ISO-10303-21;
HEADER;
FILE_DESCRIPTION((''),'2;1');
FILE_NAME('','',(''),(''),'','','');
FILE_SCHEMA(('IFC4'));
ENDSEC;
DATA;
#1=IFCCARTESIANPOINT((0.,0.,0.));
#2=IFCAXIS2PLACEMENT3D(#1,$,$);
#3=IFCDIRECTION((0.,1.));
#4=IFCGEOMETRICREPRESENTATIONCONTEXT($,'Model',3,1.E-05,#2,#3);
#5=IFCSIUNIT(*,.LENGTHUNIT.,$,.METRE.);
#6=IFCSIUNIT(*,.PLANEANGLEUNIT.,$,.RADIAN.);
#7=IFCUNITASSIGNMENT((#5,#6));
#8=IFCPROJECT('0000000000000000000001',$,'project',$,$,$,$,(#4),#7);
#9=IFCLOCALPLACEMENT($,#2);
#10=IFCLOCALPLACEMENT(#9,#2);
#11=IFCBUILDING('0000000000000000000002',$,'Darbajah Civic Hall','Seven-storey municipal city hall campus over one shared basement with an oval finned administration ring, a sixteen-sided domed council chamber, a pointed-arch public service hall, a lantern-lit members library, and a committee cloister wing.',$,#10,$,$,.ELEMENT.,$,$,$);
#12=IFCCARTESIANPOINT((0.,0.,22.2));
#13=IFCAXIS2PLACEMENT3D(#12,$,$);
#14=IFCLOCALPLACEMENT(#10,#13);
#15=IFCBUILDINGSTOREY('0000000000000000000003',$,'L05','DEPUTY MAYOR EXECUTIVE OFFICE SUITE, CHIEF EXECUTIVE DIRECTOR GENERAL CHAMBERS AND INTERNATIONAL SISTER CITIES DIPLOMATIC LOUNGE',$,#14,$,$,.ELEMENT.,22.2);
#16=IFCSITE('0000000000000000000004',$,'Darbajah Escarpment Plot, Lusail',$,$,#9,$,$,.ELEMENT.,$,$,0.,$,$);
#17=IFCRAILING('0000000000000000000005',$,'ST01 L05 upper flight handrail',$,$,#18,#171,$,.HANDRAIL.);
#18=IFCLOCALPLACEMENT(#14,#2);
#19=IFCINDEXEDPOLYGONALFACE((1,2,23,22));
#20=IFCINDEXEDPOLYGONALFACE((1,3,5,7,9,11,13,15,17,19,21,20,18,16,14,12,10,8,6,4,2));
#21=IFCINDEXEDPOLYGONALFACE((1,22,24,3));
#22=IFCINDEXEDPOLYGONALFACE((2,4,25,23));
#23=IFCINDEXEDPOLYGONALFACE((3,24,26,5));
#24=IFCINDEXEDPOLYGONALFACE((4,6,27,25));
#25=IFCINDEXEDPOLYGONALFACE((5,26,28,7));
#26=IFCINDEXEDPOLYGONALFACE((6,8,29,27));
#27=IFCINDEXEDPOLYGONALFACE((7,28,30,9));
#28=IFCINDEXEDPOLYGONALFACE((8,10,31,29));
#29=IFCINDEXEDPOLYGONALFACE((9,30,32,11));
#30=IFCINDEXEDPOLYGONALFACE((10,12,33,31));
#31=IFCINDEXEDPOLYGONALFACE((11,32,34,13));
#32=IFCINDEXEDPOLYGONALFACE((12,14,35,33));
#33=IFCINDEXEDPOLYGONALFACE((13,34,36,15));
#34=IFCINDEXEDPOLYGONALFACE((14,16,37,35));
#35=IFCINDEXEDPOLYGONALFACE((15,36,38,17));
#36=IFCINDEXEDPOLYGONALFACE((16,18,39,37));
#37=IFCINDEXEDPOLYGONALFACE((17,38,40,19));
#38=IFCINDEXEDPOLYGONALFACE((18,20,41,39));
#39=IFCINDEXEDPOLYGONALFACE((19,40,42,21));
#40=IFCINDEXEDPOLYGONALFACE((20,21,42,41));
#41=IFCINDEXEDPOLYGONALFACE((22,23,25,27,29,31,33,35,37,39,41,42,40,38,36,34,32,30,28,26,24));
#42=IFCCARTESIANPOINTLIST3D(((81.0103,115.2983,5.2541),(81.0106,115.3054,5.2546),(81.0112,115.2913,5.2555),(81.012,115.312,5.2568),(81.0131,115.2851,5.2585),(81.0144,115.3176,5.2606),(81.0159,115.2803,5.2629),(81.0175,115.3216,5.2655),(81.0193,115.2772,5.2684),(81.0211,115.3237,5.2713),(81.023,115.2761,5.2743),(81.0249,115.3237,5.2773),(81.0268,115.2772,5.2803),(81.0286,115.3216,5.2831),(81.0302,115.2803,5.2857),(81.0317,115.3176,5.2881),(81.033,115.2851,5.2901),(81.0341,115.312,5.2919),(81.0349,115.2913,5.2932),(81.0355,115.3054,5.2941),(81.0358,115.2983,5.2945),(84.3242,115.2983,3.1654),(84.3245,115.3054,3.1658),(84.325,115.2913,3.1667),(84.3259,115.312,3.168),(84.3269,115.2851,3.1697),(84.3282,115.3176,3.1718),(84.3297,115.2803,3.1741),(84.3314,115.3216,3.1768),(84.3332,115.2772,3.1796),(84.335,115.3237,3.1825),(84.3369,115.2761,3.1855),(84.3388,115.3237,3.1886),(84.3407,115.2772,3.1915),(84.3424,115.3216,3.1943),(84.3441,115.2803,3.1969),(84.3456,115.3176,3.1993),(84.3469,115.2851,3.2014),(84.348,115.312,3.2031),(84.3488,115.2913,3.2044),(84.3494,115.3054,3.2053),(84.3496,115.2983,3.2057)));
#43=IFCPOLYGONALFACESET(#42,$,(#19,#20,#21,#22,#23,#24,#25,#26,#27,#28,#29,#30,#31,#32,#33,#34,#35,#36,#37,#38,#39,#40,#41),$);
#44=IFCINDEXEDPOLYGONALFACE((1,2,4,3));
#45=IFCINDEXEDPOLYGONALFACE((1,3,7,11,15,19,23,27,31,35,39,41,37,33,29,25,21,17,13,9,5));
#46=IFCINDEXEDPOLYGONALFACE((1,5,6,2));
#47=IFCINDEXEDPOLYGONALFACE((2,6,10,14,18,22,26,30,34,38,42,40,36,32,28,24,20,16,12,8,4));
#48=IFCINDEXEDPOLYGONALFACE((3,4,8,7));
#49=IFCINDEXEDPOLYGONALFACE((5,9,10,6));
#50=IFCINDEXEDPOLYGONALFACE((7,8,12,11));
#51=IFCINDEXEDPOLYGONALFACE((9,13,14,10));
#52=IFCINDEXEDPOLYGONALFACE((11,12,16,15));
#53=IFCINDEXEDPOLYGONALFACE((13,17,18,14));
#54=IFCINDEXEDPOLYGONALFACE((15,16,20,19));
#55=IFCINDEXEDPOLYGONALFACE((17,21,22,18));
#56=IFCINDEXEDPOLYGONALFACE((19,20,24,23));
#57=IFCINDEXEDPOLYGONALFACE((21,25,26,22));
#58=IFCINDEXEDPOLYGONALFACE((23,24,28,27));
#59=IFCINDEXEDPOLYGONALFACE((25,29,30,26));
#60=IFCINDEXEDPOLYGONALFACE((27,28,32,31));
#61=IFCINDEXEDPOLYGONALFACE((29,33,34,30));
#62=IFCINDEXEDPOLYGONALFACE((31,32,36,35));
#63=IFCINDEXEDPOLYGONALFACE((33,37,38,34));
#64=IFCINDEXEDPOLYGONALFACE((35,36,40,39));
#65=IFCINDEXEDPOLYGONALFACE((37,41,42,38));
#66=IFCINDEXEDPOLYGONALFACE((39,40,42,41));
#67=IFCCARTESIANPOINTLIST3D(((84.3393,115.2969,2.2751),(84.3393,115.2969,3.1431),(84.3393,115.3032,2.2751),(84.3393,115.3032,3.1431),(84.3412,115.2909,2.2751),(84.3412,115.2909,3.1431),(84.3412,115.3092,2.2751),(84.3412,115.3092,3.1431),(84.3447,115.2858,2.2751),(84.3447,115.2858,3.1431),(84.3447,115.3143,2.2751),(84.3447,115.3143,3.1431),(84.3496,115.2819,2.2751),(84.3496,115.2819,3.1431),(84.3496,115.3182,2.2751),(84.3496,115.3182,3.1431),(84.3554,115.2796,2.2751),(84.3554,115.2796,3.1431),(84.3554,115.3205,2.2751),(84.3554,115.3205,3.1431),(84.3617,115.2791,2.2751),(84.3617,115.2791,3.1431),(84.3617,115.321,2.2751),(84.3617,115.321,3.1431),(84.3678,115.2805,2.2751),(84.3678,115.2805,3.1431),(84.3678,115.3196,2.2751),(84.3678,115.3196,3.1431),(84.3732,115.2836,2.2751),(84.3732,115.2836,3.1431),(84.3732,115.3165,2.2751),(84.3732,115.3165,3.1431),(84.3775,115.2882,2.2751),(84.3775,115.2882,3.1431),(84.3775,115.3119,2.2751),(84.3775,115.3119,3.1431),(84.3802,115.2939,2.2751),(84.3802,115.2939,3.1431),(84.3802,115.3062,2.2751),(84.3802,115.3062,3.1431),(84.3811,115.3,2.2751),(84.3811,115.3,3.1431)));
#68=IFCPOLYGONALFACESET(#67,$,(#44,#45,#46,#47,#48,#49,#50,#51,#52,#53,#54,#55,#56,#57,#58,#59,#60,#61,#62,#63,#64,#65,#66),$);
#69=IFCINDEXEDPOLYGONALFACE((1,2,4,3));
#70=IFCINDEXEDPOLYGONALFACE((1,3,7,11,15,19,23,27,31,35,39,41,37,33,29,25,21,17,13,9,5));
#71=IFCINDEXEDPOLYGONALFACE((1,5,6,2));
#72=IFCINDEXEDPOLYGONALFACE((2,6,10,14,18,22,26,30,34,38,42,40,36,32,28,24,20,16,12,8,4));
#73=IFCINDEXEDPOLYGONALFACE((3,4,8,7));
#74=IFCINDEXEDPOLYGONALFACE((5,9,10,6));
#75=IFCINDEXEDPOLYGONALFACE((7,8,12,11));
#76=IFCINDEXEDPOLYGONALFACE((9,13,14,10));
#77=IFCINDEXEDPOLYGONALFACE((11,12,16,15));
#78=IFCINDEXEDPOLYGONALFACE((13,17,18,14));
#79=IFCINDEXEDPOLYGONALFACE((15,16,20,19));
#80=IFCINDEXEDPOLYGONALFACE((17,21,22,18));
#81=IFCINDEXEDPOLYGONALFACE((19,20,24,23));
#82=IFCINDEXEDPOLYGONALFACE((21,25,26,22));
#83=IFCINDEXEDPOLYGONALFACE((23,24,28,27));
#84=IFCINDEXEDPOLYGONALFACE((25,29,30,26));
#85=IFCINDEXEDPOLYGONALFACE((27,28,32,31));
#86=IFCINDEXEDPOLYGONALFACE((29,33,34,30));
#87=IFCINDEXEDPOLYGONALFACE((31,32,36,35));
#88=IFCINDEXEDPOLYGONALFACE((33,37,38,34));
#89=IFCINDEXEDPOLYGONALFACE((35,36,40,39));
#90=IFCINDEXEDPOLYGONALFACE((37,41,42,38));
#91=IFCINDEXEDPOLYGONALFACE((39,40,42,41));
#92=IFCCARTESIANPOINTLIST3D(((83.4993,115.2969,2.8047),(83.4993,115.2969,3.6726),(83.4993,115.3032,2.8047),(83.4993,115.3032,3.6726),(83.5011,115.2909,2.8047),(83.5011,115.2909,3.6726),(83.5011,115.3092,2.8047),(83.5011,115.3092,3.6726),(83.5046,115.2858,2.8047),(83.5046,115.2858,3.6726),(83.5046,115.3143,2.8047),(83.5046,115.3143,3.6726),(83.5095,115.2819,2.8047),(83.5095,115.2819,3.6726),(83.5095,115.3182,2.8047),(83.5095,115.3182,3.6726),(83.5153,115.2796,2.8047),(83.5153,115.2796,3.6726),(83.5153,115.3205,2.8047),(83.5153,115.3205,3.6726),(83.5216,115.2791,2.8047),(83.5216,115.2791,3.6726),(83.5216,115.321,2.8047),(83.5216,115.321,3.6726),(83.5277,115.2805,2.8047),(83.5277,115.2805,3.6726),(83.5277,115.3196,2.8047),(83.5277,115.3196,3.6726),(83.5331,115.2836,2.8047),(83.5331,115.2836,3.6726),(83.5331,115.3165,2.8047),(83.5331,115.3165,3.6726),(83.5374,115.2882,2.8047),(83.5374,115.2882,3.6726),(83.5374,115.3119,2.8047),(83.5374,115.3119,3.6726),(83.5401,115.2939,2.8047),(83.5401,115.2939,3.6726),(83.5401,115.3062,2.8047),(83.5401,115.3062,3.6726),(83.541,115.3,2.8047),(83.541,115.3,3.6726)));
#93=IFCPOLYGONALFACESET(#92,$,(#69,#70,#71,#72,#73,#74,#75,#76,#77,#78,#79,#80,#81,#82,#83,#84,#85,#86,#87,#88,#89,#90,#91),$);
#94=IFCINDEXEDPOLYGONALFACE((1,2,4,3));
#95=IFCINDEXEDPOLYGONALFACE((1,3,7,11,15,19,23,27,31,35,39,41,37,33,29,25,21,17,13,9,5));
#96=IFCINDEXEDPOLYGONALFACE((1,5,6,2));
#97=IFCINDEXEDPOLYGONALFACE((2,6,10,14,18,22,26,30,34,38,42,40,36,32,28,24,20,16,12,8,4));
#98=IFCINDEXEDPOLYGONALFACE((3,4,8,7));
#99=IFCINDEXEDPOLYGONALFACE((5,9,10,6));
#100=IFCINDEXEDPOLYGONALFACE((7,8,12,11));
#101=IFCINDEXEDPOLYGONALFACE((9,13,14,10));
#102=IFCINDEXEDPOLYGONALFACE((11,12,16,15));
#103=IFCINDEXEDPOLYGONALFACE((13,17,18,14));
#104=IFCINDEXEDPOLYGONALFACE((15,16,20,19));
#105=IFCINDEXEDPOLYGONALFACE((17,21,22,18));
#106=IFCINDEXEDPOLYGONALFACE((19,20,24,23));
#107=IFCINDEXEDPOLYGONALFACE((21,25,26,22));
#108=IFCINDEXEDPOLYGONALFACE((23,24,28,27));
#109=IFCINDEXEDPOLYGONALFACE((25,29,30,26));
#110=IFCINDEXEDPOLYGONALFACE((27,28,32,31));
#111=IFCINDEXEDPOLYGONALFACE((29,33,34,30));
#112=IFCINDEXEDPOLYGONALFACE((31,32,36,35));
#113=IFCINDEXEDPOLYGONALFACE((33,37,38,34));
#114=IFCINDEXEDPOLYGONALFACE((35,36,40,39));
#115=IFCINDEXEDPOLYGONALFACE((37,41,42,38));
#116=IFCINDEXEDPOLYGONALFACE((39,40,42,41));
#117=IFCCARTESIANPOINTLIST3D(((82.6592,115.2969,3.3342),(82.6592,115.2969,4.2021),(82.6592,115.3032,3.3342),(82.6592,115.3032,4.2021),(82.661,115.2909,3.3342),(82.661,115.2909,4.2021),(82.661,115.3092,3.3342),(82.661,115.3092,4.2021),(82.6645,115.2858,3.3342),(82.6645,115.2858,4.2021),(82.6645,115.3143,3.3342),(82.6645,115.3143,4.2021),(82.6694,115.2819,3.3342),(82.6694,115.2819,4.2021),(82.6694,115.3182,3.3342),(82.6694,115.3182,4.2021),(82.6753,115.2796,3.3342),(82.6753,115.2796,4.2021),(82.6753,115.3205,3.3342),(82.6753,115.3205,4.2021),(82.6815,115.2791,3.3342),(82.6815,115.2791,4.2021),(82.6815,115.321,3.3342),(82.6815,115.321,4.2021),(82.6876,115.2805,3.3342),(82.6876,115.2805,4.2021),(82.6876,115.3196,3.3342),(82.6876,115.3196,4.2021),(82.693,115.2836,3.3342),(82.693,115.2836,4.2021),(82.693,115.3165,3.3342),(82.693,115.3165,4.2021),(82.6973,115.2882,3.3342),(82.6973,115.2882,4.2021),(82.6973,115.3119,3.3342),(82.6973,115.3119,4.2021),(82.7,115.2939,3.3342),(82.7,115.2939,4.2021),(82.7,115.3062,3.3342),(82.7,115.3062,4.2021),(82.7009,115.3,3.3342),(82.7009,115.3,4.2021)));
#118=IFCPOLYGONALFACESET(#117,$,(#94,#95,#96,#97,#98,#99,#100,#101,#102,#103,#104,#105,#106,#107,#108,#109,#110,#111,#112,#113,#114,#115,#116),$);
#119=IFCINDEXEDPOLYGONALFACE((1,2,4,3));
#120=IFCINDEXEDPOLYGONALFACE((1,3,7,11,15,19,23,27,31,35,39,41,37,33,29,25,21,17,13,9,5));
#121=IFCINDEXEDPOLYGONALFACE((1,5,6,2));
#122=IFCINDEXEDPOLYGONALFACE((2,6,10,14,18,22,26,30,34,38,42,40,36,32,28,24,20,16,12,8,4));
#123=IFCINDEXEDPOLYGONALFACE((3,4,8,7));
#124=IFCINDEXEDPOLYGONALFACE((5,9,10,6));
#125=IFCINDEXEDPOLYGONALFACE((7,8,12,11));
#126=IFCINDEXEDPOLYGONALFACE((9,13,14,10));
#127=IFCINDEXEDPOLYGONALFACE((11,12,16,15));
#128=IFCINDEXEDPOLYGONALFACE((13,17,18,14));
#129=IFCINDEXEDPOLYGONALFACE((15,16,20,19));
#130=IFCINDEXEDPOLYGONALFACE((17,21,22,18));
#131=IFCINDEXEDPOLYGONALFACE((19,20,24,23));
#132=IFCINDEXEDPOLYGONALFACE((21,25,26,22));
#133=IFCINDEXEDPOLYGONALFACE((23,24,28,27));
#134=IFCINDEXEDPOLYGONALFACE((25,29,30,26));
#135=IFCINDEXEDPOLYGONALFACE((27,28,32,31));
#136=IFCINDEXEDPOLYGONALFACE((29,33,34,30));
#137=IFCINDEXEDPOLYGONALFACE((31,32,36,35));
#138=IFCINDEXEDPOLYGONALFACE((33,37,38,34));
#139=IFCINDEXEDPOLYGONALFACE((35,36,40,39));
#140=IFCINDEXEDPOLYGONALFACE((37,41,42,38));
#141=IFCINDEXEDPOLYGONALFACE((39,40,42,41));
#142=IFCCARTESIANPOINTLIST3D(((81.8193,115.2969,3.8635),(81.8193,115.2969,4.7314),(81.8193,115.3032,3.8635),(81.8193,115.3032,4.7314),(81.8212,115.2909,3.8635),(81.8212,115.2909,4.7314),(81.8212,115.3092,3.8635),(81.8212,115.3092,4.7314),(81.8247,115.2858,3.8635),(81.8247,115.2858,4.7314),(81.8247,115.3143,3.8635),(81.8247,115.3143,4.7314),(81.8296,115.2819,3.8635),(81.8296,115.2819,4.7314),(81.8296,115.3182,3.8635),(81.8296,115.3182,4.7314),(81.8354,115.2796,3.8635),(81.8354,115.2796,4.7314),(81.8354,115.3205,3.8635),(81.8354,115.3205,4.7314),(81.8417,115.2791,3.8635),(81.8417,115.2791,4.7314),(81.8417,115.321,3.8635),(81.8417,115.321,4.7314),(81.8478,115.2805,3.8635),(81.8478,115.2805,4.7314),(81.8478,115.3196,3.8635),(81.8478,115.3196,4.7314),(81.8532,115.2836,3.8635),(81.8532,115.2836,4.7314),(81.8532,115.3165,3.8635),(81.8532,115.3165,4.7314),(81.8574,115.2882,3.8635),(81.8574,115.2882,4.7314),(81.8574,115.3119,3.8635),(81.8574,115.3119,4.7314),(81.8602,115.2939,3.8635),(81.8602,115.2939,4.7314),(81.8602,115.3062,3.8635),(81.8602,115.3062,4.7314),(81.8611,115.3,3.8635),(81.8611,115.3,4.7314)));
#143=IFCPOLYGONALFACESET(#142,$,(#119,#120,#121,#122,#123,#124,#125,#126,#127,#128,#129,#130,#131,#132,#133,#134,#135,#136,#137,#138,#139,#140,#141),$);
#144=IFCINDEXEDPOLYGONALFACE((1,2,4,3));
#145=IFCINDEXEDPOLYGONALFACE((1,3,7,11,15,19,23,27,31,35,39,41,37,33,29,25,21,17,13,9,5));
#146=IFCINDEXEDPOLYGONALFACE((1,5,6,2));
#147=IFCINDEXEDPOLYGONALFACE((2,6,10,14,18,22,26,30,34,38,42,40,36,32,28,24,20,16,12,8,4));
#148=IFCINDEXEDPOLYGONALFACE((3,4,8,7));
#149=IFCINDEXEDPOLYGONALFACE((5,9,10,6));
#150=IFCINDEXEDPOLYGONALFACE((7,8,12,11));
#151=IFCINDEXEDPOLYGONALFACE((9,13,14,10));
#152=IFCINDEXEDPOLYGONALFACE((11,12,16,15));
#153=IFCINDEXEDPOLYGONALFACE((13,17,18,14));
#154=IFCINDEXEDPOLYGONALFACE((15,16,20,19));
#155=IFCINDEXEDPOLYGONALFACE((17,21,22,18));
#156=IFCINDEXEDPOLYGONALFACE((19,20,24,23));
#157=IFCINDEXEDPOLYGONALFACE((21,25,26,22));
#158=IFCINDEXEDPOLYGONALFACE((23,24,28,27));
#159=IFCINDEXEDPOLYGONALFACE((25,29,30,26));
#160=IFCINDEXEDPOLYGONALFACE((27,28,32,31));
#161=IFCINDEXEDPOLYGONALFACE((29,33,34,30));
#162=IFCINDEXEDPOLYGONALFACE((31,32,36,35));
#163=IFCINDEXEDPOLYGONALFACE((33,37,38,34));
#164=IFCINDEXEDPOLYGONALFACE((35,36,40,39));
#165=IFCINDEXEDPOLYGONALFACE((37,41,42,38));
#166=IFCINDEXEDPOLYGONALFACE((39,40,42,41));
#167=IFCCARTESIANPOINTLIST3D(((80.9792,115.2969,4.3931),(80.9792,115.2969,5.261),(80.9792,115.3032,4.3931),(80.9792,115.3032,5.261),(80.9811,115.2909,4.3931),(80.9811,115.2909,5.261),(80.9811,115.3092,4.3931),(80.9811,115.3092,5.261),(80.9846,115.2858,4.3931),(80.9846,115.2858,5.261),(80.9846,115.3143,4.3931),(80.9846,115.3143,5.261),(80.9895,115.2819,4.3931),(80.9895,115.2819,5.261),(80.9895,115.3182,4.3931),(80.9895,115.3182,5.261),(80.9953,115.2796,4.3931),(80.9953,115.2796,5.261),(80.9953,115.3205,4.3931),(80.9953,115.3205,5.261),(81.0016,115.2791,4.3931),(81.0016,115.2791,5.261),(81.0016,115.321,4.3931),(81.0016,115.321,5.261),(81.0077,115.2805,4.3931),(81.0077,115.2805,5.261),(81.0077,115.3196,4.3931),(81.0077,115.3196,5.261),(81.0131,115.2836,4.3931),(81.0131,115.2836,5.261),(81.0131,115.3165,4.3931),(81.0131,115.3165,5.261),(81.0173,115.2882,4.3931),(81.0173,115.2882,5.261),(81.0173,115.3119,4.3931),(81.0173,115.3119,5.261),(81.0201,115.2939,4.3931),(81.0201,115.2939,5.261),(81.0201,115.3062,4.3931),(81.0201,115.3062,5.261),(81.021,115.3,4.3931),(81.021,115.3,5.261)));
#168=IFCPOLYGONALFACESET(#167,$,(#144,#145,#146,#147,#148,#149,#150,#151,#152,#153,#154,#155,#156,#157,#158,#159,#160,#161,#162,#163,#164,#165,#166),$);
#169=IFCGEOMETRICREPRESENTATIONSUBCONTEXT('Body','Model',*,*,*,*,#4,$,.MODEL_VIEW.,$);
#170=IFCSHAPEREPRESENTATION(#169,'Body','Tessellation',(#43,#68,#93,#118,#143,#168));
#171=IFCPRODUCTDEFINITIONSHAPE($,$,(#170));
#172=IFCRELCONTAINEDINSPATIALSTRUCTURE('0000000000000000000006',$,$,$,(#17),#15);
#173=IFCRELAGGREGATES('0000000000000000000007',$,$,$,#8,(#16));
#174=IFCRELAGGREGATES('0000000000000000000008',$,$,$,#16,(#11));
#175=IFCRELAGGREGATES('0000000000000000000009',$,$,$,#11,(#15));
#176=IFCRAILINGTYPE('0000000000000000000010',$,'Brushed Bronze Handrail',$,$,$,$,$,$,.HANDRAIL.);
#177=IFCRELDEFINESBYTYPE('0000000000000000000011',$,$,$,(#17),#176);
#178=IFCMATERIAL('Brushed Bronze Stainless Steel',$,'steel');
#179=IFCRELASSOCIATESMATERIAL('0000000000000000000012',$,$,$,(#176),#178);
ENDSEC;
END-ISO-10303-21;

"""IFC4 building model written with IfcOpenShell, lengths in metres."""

from ifc_helpers import new_model, si_unit, direction, frame, origin, origin_2d, place, context, subcontext, project, spatial, circle, extrude, material, type_object, element, save


model = new_model("IFC4")

# Units and contexts
model_context = context("Model", 3, precision=1e-05, world=origin(), true_north=direction((0.0, 1.0)))
body_context = subcontext(model_context, "Body", "Model", "MODEL_VIEW")
ifc_project = project(units=[si_unit("LENGTHUNIT", "METRE"), si_unit("PLANEANGLEUNIT", "RADIAN")], contexts=[model_context])

# Site, building, storey
site_placement = place(None, origin())
site = spatial("IfcSite", under=ifc_project, at=site_placement, Name="Darbajah Escarpment Plot, Lusail", CompositionType="ELEMENT", RefElevation=0.0)
building_placement = place(site_placement, origin())
building = spatial("IfcBuilding", under=site, at=building_placement, Name="Darbajah Civic Hall", Description="Seven-storey municipal city hall campus over one shared basement with an oval finned administration ring, a sixteen-sided domed council chamber, a pointed-arch public service hall, a lantern-lit members library, and a committee cloister wing.", CompositionType="ELEMENT")
storey_placement = place(building_placement, frame((0.0, 0.0, 22.2)))
storey = spatial("IfcBuildingStorey", under=building, at=storey_placement, Name="L05", Description="DEPUTY MAYOR EXECUTIVE OFFICE SUITE, CHIEF EXECUTIVE DIRECTOR GENERAL CHAMBERS AND INTERNATIONAL SISTER CITIES DIPLOMATIC LOUNGE", CompositionType="ELEMENT", Elevation=22.2)

# Railing
ifc_material_1 = material(Name="Brushed Bronze Stainless Steel", Category="steel")
railing_type_1 = type_object("IfcRailingType", Name="Brushed Bronze Handrail", PredefinedType="HANDRAIL", material=ifc_material_1)
railing_1_placement = place(storey_placement, frame((84.3601, 115.3, 2.2751)))
element("IfcRailing", 1, at=railing_1_placement, inside=storey, type_object=railing_type_1, Name="ST01 L05 upper flight handrail", PredefinedType="HANDRAIL", context=body_context, shape_type="SweptSolid", body=[
    extrude(circle(Radius=0.0239, at=origin_2d()), frame((-0.0232, 0.0, 0.9104), z_axis=(-0.845972, 0.0, 0.533227), x_axis=(0.0, -1.0, 0.0)), (0.0, 0.0, 1.0), 3.9172),
    extrude(circle(Radius=0.021, at=origin_2d()), origin(), (0.0, 0.0, 1.0), 0.8679),
    extrude(circle(Radius=0.021, at=origin_2d()), frame((-0.8401, 0.0, 0.5295)), (0.0, 0.0, 1.0), 0.8679),
    extrude(circle(Radius=0.021, at=origin_2d()), frame((-1.6802, 0.0, 1.0591)), (0.0, 0.0, 1.0), 0.8679),
    extrude(circle(Radius=0.021, at=origin_2d()), frame((-2.52, 0.0, 1.5884)), (0.0, 0.0, 1.0), 0.8679),
    extrude(circle(Radius=0.021, at=origin_2d()), frame((-3.3601, 0.0, 2.1179)), (0.0, 0.0, 1.0), 0.8679),
])

save(model, "model.ifc")
